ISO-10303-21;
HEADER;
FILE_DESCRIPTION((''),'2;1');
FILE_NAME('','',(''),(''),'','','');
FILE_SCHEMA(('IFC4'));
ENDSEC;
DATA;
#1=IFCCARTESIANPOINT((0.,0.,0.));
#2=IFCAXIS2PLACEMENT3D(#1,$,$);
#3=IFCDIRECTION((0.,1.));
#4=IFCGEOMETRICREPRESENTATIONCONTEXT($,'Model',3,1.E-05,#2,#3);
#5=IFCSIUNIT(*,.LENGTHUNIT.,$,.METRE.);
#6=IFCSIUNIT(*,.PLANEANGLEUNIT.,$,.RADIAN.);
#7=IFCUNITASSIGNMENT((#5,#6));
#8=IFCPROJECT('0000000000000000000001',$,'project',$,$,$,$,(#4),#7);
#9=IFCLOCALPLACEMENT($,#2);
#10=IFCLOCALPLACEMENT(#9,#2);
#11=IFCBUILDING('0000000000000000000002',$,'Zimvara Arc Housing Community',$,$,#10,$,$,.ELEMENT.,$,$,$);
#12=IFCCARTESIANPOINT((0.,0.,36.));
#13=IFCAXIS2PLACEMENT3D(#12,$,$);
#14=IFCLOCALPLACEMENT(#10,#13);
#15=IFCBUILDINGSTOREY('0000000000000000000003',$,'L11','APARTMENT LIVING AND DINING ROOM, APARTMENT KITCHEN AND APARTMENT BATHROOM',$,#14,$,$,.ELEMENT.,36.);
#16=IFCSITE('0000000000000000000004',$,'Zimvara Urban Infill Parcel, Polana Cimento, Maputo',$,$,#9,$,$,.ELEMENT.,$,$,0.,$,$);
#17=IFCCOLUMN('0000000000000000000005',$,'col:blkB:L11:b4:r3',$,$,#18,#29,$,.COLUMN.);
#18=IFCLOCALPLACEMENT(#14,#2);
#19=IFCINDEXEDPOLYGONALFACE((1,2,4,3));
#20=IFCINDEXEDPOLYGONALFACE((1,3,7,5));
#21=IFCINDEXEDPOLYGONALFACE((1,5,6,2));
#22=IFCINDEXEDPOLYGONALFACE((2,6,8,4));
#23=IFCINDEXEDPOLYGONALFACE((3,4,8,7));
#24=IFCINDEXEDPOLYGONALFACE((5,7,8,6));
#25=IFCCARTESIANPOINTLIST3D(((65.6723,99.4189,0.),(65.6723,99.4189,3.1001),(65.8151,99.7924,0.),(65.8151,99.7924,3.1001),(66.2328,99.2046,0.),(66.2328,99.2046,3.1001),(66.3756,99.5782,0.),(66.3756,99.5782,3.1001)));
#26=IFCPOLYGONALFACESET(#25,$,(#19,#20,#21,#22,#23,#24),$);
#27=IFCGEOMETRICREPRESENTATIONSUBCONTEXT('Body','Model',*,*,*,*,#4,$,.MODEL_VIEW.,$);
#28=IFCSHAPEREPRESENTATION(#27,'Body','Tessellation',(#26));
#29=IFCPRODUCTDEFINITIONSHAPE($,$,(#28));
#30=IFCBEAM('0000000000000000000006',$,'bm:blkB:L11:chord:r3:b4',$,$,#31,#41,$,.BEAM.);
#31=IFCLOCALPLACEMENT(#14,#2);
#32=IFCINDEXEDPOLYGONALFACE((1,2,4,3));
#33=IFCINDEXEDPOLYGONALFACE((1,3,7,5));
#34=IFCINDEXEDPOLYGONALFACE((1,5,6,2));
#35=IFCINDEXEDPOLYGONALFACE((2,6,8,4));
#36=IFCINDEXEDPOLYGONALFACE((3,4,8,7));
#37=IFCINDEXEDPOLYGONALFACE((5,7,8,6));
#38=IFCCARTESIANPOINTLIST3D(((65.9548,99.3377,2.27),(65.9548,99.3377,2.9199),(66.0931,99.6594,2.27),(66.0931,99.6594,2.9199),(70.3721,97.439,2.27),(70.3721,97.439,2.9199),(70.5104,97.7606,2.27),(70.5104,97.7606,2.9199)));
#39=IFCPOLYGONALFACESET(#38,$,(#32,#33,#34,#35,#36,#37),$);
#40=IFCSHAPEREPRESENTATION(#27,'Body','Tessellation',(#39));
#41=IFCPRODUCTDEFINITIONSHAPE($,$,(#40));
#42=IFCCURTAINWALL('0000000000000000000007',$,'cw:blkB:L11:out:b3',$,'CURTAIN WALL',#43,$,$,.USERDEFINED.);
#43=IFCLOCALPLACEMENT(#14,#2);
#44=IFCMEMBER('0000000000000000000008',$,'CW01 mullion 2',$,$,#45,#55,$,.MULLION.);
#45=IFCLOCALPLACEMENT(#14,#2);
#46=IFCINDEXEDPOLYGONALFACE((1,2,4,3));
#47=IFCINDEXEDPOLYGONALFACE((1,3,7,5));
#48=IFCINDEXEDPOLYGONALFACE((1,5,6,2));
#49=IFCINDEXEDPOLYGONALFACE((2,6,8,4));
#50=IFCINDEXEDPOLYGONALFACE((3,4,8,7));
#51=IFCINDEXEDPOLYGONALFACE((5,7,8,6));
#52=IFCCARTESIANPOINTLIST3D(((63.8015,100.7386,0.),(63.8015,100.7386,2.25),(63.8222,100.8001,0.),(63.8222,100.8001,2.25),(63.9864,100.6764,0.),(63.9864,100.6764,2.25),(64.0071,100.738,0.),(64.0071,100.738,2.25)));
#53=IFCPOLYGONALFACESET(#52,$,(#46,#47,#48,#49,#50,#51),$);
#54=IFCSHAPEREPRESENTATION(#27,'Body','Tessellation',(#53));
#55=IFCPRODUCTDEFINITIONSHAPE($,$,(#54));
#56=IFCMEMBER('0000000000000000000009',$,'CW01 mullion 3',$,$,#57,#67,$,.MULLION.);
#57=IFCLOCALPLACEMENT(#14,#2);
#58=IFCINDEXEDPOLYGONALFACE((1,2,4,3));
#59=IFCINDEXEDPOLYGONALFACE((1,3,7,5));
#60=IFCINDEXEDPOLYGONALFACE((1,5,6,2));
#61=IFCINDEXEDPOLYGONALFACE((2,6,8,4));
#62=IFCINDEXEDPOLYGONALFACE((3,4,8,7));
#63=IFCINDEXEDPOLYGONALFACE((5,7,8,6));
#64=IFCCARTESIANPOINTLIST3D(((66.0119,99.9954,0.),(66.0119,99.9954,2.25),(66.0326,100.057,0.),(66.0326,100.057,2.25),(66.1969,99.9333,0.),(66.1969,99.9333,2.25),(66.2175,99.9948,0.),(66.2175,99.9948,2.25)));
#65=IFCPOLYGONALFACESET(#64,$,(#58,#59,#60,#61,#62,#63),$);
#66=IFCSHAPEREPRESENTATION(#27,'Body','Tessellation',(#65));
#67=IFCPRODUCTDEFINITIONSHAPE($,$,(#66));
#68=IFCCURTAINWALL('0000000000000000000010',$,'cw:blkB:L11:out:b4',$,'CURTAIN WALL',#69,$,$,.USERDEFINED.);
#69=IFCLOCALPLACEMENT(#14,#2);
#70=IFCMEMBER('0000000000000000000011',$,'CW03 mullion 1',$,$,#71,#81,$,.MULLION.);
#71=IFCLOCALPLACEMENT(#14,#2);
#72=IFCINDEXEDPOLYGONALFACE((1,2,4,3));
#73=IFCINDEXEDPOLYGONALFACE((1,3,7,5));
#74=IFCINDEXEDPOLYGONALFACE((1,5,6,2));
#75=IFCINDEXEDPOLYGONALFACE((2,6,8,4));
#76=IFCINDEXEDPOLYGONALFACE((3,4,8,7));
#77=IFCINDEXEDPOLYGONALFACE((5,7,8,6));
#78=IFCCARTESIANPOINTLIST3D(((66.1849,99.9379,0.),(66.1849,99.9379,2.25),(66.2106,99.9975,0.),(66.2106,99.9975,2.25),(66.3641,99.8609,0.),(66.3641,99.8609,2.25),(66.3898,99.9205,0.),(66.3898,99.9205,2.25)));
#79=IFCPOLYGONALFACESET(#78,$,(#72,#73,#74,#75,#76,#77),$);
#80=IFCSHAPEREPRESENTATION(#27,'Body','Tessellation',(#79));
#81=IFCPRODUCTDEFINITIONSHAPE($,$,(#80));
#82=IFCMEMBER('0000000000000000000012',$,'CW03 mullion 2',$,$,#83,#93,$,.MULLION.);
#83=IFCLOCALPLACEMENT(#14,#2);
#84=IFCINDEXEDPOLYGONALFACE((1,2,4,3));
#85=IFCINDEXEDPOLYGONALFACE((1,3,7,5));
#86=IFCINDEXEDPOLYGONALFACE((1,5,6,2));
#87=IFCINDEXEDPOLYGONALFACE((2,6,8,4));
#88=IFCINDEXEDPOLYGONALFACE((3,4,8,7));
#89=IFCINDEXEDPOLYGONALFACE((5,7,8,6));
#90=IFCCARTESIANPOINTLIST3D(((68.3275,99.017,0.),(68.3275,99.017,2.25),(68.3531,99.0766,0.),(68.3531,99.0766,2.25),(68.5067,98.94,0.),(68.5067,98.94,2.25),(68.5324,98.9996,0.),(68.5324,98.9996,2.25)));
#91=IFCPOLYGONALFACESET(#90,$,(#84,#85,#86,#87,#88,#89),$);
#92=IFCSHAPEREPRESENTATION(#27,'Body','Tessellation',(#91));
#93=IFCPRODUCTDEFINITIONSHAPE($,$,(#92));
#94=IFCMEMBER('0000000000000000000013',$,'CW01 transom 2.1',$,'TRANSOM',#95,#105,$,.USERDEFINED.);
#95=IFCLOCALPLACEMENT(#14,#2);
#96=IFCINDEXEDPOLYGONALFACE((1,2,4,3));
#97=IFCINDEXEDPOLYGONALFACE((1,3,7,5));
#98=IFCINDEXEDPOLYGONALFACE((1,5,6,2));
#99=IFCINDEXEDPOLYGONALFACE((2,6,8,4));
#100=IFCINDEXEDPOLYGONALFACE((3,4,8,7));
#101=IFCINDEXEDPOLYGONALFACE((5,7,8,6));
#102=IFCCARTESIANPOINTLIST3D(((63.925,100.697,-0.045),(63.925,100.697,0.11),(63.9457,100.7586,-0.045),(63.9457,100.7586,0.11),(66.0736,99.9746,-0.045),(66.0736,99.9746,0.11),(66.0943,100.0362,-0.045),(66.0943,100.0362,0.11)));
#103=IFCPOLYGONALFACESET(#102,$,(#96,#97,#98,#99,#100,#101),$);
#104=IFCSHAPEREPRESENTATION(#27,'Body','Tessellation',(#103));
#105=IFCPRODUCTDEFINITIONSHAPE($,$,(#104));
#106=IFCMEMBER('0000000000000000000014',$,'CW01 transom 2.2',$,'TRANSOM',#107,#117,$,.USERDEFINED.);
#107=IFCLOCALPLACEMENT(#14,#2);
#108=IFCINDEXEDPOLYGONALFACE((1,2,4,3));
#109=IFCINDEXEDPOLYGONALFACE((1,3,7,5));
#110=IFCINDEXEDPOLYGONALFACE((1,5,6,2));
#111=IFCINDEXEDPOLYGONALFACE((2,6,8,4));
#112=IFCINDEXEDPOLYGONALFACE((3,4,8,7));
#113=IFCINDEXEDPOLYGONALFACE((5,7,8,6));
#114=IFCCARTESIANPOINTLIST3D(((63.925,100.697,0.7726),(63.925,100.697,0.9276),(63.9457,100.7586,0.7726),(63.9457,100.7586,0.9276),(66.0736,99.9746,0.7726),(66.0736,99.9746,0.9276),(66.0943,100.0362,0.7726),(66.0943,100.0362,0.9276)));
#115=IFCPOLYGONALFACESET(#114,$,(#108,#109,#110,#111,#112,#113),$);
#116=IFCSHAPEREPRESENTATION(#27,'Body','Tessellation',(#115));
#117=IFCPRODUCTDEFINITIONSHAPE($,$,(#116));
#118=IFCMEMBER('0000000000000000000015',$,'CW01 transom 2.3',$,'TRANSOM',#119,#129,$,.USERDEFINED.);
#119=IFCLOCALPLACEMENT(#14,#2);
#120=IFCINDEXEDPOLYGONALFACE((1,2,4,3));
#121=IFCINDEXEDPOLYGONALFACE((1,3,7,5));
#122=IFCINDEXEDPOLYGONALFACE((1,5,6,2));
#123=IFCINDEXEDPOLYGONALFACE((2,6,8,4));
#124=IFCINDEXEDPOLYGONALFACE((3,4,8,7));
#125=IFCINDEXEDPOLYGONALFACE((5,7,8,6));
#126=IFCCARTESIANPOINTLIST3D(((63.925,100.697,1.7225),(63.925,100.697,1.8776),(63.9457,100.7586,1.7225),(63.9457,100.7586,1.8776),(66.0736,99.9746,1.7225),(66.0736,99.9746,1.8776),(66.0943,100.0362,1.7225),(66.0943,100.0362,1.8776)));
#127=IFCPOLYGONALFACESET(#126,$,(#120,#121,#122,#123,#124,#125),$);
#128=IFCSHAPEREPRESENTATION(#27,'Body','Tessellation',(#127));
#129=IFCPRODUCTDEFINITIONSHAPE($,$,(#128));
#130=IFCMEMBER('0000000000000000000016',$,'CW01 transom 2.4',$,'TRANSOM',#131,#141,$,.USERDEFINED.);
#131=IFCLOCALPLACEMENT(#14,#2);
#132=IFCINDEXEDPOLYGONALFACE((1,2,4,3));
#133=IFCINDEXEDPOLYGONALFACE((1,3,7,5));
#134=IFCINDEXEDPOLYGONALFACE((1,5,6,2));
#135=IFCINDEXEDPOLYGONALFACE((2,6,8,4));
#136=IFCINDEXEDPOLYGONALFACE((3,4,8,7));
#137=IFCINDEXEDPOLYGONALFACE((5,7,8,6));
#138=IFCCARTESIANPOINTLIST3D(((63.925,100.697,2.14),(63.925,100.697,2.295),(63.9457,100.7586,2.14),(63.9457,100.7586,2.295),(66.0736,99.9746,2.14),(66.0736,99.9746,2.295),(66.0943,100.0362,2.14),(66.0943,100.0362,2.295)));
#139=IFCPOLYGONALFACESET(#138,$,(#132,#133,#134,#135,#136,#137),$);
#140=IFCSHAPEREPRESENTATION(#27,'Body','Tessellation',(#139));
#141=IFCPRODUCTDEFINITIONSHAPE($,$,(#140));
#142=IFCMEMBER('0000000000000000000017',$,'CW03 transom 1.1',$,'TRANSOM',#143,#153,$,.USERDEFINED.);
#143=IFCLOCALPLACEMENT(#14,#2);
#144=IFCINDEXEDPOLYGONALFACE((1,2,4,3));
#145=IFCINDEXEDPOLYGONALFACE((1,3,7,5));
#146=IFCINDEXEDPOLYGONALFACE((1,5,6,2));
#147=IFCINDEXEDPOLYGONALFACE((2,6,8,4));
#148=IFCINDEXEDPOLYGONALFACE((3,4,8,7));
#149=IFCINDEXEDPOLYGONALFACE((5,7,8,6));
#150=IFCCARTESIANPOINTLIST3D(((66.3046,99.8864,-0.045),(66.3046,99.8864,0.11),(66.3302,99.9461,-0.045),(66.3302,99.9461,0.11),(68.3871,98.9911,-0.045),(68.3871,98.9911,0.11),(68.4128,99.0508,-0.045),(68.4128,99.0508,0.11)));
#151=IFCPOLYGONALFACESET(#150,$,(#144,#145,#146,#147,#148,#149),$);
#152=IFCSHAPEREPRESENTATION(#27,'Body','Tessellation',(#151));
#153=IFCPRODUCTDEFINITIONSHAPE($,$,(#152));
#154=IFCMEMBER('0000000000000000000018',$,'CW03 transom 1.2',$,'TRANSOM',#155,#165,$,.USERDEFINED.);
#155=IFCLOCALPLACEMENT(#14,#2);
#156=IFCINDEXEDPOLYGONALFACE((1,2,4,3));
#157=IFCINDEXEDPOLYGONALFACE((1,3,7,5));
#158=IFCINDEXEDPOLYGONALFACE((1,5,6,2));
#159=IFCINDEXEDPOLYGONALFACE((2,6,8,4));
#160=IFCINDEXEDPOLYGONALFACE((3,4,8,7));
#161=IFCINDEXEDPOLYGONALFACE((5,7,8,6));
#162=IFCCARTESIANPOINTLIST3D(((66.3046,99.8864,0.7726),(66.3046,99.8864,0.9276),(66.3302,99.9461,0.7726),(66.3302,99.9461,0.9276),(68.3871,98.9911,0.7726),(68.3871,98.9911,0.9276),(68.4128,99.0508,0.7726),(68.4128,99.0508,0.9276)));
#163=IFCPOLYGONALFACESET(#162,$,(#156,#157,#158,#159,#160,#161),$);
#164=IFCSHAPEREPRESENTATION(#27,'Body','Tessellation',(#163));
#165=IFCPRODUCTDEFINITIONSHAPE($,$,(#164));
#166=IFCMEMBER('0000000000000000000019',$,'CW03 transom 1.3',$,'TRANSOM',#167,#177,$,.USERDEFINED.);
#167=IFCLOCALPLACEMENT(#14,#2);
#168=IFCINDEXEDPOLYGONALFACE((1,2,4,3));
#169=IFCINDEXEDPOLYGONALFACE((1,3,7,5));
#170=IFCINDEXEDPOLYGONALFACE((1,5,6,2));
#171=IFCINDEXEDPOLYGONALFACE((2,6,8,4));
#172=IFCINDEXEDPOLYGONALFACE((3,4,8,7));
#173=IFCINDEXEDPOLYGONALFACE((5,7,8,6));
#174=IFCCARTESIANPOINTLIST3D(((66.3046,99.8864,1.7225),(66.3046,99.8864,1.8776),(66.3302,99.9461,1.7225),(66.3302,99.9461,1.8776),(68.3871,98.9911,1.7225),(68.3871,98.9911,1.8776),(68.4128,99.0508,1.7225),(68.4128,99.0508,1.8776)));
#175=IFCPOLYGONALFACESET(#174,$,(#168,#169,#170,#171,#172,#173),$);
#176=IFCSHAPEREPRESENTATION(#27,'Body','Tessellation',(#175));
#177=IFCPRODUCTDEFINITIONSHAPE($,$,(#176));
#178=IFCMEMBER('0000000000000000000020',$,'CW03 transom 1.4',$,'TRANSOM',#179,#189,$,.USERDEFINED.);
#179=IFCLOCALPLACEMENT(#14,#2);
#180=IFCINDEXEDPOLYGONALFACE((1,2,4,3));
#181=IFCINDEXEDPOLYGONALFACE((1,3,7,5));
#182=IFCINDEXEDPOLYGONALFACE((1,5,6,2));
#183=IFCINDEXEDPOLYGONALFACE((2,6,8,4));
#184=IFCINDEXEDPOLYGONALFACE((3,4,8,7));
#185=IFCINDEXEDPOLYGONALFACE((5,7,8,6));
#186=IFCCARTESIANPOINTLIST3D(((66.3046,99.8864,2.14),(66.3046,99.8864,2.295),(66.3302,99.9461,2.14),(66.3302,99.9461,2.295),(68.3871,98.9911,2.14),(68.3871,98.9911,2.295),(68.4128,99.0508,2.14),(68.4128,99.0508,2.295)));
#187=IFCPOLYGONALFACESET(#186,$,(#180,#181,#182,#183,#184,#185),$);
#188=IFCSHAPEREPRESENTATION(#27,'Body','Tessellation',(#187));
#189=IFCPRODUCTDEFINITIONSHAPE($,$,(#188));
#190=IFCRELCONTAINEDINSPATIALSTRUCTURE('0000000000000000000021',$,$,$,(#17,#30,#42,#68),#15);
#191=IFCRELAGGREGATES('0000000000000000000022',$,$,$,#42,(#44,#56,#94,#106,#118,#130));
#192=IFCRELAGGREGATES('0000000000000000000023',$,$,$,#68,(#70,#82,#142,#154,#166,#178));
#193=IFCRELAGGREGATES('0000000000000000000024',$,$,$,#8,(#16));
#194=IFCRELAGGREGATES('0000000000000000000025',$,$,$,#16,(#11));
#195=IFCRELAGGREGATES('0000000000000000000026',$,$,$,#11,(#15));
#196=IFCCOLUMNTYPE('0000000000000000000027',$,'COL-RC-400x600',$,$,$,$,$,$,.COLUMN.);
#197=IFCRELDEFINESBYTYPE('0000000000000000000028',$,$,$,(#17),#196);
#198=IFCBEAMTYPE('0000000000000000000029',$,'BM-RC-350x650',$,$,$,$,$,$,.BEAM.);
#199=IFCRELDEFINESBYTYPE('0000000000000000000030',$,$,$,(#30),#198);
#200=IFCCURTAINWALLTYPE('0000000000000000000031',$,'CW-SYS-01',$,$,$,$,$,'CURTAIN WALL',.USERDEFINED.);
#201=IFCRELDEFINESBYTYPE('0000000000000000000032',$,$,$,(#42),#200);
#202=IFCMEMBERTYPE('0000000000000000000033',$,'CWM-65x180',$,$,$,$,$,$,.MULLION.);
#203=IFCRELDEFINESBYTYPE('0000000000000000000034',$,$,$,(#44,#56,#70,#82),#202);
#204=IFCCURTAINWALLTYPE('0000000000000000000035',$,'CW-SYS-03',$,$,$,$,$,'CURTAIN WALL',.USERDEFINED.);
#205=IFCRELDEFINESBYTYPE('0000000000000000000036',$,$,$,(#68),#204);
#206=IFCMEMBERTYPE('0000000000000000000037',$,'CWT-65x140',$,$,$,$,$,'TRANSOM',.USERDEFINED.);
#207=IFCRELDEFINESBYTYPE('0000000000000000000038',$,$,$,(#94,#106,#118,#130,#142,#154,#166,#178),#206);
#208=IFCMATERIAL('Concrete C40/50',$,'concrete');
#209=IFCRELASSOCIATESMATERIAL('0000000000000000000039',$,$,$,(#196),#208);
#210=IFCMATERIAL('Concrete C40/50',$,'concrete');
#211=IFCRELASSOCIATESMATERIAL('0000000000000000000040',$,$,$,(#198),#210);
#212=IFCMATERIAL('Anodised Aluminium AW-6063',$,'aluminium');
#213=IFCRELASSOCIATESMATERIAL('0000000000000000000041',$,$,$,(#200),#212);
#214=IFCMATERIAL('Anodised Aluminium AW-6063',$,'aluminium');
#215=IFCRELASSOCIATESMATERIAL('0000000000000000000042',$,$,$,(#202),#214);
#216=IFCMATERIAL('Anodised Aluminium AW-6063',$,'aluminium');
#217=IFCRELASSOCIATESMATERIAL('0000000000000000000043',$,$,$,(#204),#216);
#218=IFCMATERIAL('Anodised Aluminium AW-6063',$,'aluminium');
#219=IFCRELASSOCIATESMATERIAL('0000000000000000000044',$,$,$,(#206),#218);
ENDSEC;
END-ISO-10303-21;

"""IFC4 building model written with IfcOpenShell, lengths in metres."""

from ifc_helpers import new_model, si_unit, direction, frame, origin, origin_2d, place, context, subcontext, project, spatial, rectangle, extrude, material, material_profile, profile_set, type_object, element, aggregate, save


model = new_model("IFC4")

# Units and contexts
model_context = context("Model", 3, precision=1e-05, world=origin(), true_north=direction((0.0, 1.0)))
body_context = subcontext(model_context, "Body", "Model", "MODEL_VIEW")
ifc_project = project(units=[si_unit("LENGTHUNIT", "METRE"), si_unit("PLANEANGLEUNIT", "RADIAN")], contexts=[model_context])

# Site, building, storey
site_placement = place(None, origin())
site = spatial("IfcSite", under=ifc_project, at=site_placement, Name="Zimvara Urban Infill Parcel, Polana Cimento, Maputo", CompositionType="ELEMENT", RefElevation=0.0)
building_placement = place(site_placement, origin())
building = spatial("IfcBuilding", under=site, at=building_placement, Name="Zimvara Arc Housing Community", CompositionType="ELEMENT")
storey_placement = place(building_placement, frame((0.0, 0.0, 36.0)))
storey = spatial("IfcBuildingStorey", under=building, at=storey_placement, Name="L11", Description="APARTMENT LIVING AND DINING ROOM, APARTMENT KITCHEN AND APARTMENT BATHROOM", CompositionType="ELEMENT", Elevation=36.0)

# Column
ifc_material_1 = material(Name="Concrete C40/50", Category="concrete")
ifc_material_profile_1 = material_profile(ifc_material_1, rectangle(XDim=0.3999, YDim=0.6001, at=origin_2d()), Name="RC 400x600")
ifc_profile_set_1 = profile_set([ifc_material_profile_1], Name="Concrete C40/50")
column_type = type_object("IfcColumnType", Name="COL-RC-400x600", PredefinedType="COLUMN", material=ifc_profile_set_1)
column_placement = place(storey_placement, frame((66.0239, 99.4985, 0.0), z_axis=(0.0, 0.0, 1.0), x_axis=(0.357064, 0.93408, 0.0)))
element("IfcColumn", 1, at=column_placement, inside=storey, type_object=column_type, Name="col:blkB:L11:b4:r3", PredefinedType="COLUMN", context=body_context, shape_type="SweptSolid", body=[
    extrude(rectangle(XDim=0.3999, YDim=0.6001, at=origin_2d()), origin(), (0.0, 0.0, 1.0), 3.1001),
])

# Beam
ifc_material_2 = material(Name="Concrete C40/50", Category="concrete")
ifc_material_profile_2 = material_profile(ifc_material_2, rectangle(XDim=0.3501, YDim=0.6499, at=origin_2d()), Name="RC 350x650")
ifc_profile_set_2 = profile_set([ifc_material_profile_2], Name="Concrete C40/50")
beam_type = type_object("IfcBeamType", Name="BM-RC-350x650", PredefinedType="BEAM", material=ifc_profile_set_2)
beam_placement = place(storey_placement, frame((66.0239, 99.4985, 2.595), z_axis=(0.918724, -0.3949, 0.0), x_axis=(0.3949, 0.918724, 0.0)))
element("IfcBeam", 2, at=beam_placement, inside=storey, type_object=beam_type, Name="bm:blkB:L11:chord:r3:b4", PredefinedType="BEAM", context=body_context, shape_type="SweptSolid", body=[
    extrude(rectangle(XDim=0.3501, YDim=0.6499, at=origin_2d()), origin(), (0.0, 0.0, 1.0), 4.8081),
])

# Curtain walls, members
ifc_material_3 = material(Name="Anodised Aluminium AW-6063", Category="aluminium")
curtain_wall_type_1 = type_object("IfcCurtainWallType", Name="CW-SYS-01", ElementType="CURTAIN WALL", PredefinedType="USERDEFINED", material=ifc_material_3)
curtain_wall_1_placement = place(storey_placement, origin())
curtain_wall_1 = element("IfcCurtainWall", 3, at=curtain_wall_1_placement, inside=storey, type_object=curtain_wall_type_1, Name="cw:blkB:L11:out:b3", ObjectType="CURTAIN WALL", PredefinedType="USERDEFINED")
ifc_material_4 = material(Name="Anodised Aluminium AW-6063", Category="aluminium")
ifc_material_profile_3 = material_profile(ifc_material_4, rectangle(XDim=0.0649, YDim=0.1951, at=origin_2d()), Name="ALU 65x195")
ifc_profile_set_3 = profile_set([ifc_material_profile_3], Name="Anodised Aluminium AW-6063")
member_type_1 = type_object("IfcMemberType", Name="CWM-65x180", PredefinedType="MULLION", material=ifc_profile_set_3)
member_1_placement = place(storey_placement, frame((63.9043, 100.7383, 0.0), z_axis=(0.0, 0.0, 1.0), x_axis=(0.318629, 0.94788, 0.0)))
member_1 = element("IfcMember", 4, at=member_1_placement, type_object=member_type_1, Name="CW01 mullion 2", PredefinedType="MULLION", context=body_context, shape_type="SweptSolid", body=[
    extrude(rectangle(XDim=0.0649, YDim=0.1951, at=origin_2d()), origin(), (0.0, 0.0, 1.0), 2.25),
])
member_2_placement = place(storey_placement, frame((66.1147, 99.9951, 0.0), z_axis=(0.0, 0.0, 1.0), x_axis=(0.318629, 0.94788, 0.0)))
member_2 = element("IfcMember", 5, at=member_2_placement, type_object=member_type_1, Name="CW01 mullion 3", PredefinedType="MULLION", context=body_context, shape_type="SweptSolid", body=[
    extrude(rectangle(XDim=0.0649, YDim=0.1951, at=origin_2d()), origin(), (0.0, 0.0, 1.0), 2.25),
])
ifc_material_5 = material(Name="Anodised Aluminium AW-6063", Category="aluminium")
curtain_wall_type_2 = type_object("IfcCurtainWallType", Name="CW-SYS-03", ElementType="CURTAIN WALL", PredefinedType="USERDEFINED", material=ifc_material_5)
curtain_wall_2_placement = place(storey_placement, origin())
curtain_wall_2 = element("IfcCurtainWall", 6, at=curtain_wall_2_placement, inside=storey, type_object=curtain_wall_type_2, Name="cw:blkB:L11:out:b4", ObjectType="CURTAIN WALL", PredefinedType="USERDEFINED")
member_3_placement = place(storey_placement, frame((66.2874, 99.9292, 0.0), z_axis=(0.0, 0.0, 1.0), x_axis=(0.394904, 0.918722, 0.0)))
member_3 = element("IfcMember", 7, at=member_3_placement, type_object=member_type_1, Name="CW03 mullion 1", PredefinedType="MULLION", context=body_context, shape_type="SweptSolid", body=[
    extrude(rectangle(XDim=0.0649, YDim=0.1951, at=origin_2d()), origin(), (0.0, 0.0, 1.0), 2.25),
])
member_4_placement = place(storey_placement, frame((68.4299, 99.0083, 0.0), z_axis=(0.0, 0.0, 1.0), x_axis=(0.394904, 0.918722, 0.0)))
member_4 = element("IfcMember", 8, at=member_4_placement, type_object=member_type_1, Name="CW03 mullion 2", PredefinedType="MULLION", context=body_context, shape_type="SweptSolid", body=[
    extrude(rectangle(XDim=0.0649, YDim=0.1951, at=origin_2d()), origin(), (0.0, 0.0, 1.0), 2.25),
])

# Members
ifc_material_6 = material(Name="Anodised Aluminium AW-6063", Category="aluminium")
ifc_material_profile_4 = material_profile(ifc_material_6, rectangle(XDim=0.0649, YDim=0.155, at=origin_2d()), Name="ALU 65x155")
ifc_profile_set_4 = profile_set([ifc_material_profile_4], Name="Anodised Aluminium AW-6063")
member_type_2 = type_object("IfcMemberType", Name="CWT-65x140", ElementType="TRANSOM", PredefinedType="USERDEFINED", material=ifc_profile_set_4)
member_5_placement = place(storey_placement, frame((63.9353, 100.7278, 0.0325), z_axis=(0.947862, -0.318682, 0.0), x_axis=(0.318682, 0.947862, 0.0)))
member_5 = element("IfcMember", 9, at=member_5_placement, type_object=member_type_2, Name="CW01 transom 2.1", ObjectType="TRANSOM", PredefinedType="USERDEFINED", context=body_context, shape_type="SweptSolid", body=[
    extrude(rectangle(XDim=0.0649, YDim=0.155, at=origin_2d()), origin(), (0.0, 0.0, 1.0), 2.2668),
])
member_6_placement = place(storey_placement, frame((63.9353, 100.7278, 0.8501), z_axis=(0.947862, -0.318682, 0.0), x_axis=(0.318682, 0.947862, 0.0)))
member_6 = element("IfcMember", 10, at=member_6_placement, type_object=member_type_2, Name="CW01 transom 2.2", ObjectType="TRANSOM", PredefinedType="USERDEFINED", context=body_context, shape_type="SweptSolid", body=[
    extrude(rectangle(XDim=0.0649, YDim=0.155, at=origin_2d()), origin(), (0.0, 0.0, 1.0), 2.2668),
])
member_7_placement = place(storey_placement, frame((63.9353, 100.7278, 1.8), z_axis=(0.947862, -0.318682, 0.0), x_axis=(0.318682, 0.947862, 0.0)))
member_7 = element("IfcMember", 11, at=member_7_placement, type_object=member_type_2, Name="CW01 transom 2.3", ObjectType="TRANSOM", PredefinedType="USERDEFINED", context=body_context, shape_type="SweptSolid", body=[
    extrude(rectangle(XDim=0.0649, YDim=0.155, at=origin_2d()), origin(), (0.0, 0.0, 1.0), 2.2668),
])
member_8_placement = place(storey_placement, frame((63.9353, 100.7278, 2.2175), z_axis=(0.947862, -0.318682, 0.0), x_axis=(0.318682, 0.947862, 0.0)))
member_8 = element("IfcMember", 12, at=member_8_placement, type_object=member_type_2, Name="CW01 transom 2.4", ObjectType="TRANSOM", PredefinedType="USERDEFINED", context=body_context, shape_type="SweptSolid", body=[
    extrude(rectangle(XDim=0.0649, YDim=0.155, at=origin_2d()), origin(), (0.0, 0.0, 1.0), 2.2668),
])
member_9_placement = place(storey_placement, frame((66.3174, 99.9163, 0.0325), z_axis=(0.918704, -0.394946, 0.0), x_axis=(0.394946, 0.918704, 0.0)))
member_9 = element("IfcMember", 13, at=member_9_placement, type_object=member_type_2, Name="CW03 transom 1.1", ObjectType="TRANSOM", PredefinedType="USERDEFINED", context=body_context, shape_type="SweptSolid", body=[
    extrude(rectangle(XDim=0.0649, YDim=0.155, at=origin_2d()), origin(), (0.0, 0.0, 1.0), 2.2668),
])
member_10_placement = place(storey_placement, frame((66.3174, 99.9163, 0.8501), z_axis=(0.918704, -0.394946, 0.0), x_axis=(0.394946, 0.918704, 0.0)))
member_10 = element("IfcMember", 14, at=member_10_placement, type_object=member_type_2, Name="CW03 transom 1.2", ObjectType="TRANSOM", PredefinedType="USERDEFINED", context=body_context, shape_type="SweptSolid", body=[
    extrude(rectangle(XDim=0.0649, YDim=0.155, at=origin_2d()), origin(), (0.0, 0.0, 1.0), 2.2668),
])
member_11_placement = place(storey_placement, frame((66.3174, 99.9163, 1.8), z_axis=(0.918704, -0.394946, 0.0), x_axis=(0.394946, 0.918704, 0.0)))
member_11 = element("IfcMember", 15, at=member_11_placement, type_object=member_type_2, Name="CW03 transom 1.3", ObjectType="TRANSOM", PredefinedType="USERDEFINED", context=body_context, shape_type="SweptSolid", body=[
    extrude(rectangle(XDim=0.0649, YDim=0.155, at=origin_2d()), origin(), (0.0, 0.0, 1.0), 2.2668),
])
member_12_placement = place(storey_placement, frame((66.3174, 99.9163, 2.2175), z_axis=(0.918704, -0.394946, 0.0), x_axis=(0.394946, 0.918704, 0.0)))
member_12 = element("IfcMember", 16, at=member_12_placement, type_object=member_type_2, Name="CW03 transom 1.4", ObjectType="TRANSOM", PredefinedType="USERDEFINED", context=body_context, shape_type="SweptSolid", body=[
    extrude(rectangle(XDim=0.0649, YDim=0.155, at=origin_2d()), origin(), (0.0, 0.0, 1.0), 2.2668),
])

aggregate(curtain_wall_1, [member_1, member_2, member_5, member_6, member_7, member_8])
aggregate(curtain_wall_2, [member_3, member_4, member_9, member_10, member_11, member_12])

save(model, "model.ifc")
